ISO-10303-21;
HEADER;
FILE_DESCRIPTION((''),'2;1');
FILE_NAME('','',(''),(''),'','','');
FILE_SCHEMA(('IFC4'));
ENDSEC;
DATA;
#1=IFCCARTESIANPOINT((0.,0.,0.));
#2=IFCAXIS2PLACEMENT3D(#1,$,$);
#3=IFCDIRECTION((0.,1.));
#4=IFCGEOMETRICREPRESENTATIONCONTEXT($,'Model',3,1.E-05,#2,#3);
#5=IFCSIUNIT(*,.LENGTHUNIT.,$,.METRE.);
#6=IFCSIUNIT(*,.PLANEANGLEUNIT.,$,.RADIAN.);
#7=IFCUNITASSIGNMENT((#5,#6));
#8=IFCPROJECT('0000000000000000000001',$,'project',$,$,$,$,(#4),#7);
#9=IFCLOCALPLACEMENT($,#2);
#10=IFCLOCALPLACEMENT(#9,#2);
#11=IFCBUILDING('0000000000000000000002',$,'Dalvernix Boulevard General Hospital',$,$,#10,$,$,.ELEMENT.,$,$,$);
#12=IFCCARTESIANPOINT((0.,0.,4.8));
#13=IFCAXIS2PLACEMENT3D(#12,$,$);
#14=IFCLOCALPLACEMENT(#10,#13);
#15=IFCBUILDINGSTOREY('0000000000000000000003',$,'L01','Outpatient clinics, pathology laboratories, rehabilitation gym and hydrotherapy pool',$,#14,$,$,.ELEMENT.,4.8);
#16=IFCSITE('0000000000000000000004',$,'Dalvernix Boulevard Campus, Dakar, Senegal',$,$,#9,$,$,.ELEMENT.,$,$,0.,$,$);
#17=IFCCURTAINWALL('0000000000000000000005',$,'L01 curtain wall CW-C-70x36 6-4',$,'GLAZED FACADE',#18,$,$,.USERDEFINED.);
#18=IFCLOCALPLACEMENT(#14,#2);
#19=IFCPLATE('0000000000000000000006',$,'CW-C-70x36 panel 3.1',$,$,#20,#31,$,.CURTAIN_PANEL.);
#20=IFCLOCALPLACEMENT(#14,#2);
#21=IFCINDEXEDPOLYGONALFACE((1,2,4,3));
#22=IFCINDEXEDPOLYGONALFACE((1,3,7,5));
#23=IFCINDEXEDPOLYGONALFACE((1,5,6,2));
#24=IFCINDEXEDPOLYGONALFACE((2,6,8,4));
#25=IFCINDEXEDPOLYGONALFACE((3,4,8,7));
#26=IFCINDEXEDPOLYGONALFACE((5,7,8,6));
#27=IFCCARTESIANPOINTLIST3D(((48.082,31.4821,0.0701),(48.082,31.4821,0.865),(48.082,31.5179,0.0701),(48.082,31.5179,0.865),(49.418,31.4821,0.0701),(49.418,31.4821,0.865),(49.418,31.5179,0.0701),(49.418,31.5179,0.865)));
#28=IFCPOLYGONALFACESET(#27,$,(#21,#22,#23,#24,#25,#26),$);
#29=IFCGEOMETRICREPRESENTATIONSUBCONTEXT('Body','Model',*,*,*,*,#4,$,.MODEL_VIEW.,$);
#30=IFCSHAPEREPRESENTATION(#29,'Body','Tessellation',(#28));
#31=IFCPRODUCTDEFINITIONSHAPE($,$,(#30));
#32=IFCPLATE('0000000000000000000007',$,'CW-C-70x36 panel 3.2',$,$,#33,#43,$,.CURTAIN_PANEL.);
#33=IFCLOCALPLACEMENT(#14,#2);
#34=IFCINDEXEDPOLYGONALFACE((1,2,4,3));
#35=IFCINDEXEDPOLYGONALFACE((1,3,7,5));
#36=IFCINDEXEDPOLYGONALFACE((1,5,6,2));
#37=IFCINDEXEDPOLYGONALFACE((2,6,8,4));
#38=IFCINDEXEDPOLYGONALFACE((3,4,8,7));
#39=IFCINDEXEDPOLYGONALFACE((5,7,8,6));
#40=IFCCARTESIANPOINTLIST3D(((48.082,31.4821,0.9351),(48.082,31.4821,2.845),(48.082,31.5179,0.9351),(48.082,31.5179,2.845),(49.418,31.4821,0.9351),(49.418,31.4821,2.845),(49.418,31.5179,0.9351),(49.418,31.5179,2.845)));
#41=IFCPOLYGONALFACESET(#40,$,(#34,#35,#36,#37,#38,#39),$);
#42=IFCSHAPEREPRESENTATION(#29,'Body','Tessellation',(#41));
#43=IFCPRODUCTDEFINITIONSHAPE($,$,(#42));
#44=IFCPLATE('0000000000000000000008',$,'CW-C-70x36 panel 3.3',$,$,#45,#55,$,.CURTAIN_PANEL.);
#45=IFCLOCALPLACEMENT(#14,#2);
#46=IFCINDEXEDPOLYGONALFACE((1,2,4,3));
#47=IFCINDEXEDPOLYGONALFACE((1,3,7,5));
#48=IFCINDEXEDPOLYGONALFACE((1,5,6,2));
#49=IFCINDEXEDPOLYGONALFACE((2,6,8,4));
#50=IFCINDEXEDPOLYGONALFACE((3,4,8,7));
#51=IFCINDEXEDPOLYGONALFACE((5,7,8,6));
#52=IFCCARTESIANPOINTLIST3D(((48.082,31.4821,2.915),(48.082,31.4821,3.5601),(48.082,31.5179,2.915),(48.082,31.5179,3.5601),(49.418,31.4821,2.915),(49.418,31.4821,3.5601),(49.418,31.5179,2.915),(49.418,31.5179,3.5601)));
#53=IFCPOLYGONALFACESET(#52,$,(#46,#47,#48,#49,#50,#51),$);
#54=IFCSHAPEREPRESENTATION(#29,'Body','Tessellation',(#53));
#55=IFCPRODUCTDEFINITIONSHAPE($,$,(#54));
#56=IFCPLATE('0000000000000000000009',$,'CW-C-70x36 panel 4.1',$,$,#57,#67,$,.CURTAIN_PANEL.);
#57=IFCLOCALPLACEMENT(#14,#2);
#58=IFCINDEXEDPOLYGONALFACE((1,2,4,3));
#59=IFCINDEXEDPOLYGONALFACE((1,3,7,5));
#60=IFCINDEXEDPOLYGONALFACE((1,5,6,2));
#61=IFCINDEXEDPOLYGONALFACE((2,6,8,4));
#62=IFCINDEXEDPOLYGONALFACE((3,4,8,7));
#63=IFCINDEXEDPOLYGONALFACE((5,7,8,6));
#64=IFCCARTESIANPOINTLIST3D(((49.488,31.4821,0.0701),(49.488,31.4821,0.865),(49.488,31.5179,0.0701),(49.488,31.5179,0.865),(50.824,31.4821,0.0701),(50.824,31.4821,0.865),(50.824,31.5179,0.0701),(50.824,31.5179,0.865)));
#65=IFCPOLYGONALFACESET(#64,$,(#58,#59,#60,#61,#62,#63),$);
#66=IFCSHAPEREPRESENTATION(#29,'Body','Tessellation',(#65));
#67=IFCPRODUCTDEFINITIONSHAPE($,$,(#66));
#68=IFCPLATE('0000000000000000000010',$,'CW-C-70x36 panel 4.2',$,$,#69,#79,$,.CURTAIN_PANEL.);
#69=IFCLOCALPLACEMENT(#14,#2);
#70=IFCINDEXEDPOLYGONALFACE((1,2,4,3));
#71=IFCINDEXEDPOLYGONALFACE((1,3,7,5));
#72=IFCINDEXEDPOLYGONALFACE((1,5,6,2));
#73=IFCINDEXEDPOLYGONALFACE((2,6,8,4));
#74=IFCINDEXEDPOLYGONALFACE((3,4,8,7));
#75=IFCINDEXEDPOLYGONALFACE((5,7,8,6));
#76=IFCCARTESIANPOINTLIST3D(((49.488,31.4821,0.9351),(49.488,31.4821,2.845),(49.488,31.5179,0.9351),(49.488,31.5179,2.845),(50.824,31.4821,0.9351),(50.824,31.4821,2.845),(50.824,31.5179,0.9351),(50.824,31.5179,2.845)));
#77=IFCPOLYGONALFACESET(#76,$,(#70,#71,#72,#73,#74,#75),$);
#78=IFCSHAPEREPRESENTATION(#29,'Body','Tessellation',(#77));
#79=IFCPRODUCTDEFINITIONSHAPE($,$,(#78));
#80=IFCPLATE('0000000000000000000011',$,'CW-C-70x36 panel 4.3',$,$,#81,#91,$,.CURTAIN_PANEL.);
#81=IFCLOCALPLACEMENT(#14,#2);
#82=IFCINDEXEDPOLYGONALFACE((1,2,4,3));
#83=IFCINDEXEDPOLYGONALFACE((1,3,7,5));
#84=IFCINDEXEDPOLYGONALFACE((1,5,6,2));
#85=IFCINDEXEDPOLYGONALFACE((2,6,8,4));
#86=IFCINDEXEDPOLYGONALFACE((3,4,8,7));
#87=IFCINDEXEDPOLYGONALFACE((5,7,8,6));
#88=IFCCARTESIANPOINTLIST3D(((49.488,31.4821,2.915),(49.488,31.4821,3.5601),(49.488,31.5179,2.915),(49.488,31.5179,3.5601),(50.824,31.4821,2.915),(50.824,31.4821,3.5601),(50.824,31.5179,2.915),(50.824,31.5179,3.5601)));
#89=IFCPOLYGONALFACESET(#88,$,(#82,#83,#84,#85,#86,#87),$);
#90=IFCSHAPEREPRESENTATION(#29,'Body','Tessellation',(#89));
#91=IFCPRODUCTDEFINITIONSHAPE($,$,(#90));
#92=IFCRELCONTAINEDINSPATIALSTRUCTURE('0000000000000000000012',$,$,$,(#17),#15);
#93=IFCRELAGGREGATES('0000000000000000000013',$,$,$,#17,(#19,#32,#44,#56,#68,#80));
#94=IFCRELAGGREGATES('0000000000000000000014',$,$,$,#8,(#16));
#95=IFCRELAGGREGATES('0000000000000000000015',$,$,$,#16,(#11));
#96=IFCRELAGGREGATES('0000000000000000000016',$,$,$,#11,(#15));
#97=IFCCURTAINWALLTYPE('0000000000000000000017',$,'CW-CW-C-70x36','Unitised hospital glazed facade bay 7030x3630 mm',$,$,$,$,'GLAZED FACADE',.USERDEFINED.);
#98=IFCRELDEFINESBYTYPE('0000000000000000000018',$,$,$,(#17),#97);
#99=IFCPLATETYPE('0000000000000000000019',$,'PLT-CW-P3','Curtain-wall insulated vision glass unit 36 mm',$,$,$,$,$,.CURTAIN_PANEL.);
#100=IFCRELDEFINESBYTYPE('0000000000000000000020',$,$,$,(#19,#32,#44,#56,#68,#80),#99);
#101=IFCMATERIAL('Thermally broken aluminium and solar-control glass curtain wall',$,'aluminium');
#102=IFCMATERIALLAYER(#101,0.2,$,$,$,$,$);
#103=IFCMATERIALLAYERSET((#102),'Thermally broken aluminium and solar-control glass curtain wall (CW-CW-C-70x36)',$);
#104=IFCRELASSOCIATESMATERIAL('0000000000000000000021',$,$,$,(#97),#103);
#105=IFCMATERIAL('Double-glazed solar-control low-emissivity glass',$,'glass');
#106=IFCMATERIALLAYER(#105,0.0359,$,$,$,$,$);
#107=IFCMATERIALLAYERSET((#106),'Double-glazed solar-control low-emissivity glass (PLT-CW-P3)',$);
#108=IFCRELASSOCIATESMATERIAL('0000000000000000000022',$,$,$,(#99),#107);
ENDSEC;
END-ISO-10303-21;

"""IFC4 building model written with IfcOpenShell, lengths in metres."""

from ifc_helpers import new_model, si_unit, direction, frame, origin, origin_2d, place, context, subcontext, project, spatial, rectangle, extrude, material, layer, layer_set, type_object, element, aggregate, save


model = new_model("IFC4")

# Units and contexts
model_context = context("Model", 3, precision=1e-05, world=origin(), true_north=direction((0.0, 1.0)))
body_context = subcontext(model_context, "Body", "Model", "MODEL_VIEW")
ifc_project = project(units=[si_unit("LENGTHUNIT", "METRE"), si_unit("PLANEANGLEUNIT", "RADIAN")], contexts=[model_context])

# Site, building, storey
site_placement = place(None, origin())
site = spatial("IfcSite", under=ifc_project, at=site_placement, Name="Dalvernix Boulevard Campus, Dakar, Senegal", CompositionType="ELEMENT", RefElevation=0.0)
building_placement = place(site_placement, origin())
building = spatial("IfcBuilding", under=site, at=building_placement, Name="Dalvernix Boulevard General Hospital", CompositionType="ELEMENT")
storey_placement = place(building_placement, frame((0.0, 0.0, 4.8)))
storey = spatial("IfcBuildingStorey", under=building, at=storey_placement, Name="L01", Description="Outpatient clinics, pathology laboratories, rehabilitation gym and hydrotherapy pool", CompositionType="ELEMENT", Elevation=4.8)

# Curtain wall, plates
ifc_material_1 = material(Name="Thermally broken aluminium and solar-control glass curtain wall", Category="aluminium")
ifc_layer_1 = layer(ifc_material_1, 0.2)
ifc_layer_set_1 = layer_set([ifc_layer_1], Name="Thermally broken aluminium and solar-control glass curtain wall (CW-CW-C-70x36)")
curtain_wall_type = type_object("IfcCurtainWallType", Name="CW-CW-C-70x36", Description="Unitised hospital glazed facade bay 7030x3630 mm", ElementType="GLAZED FACADE", PredefinedType="USERDEFINED", material=ifc_layer_set_1)
curtain_wall_placement = place(storey_placement, origin())
curtain_wall = element("IfcCurtainWall", 1, at=curtain_wall_placement, inside=storey, type_object=curtain_wall_type, Name="L01 curtain wall CW-C-70x36 6-4", ObjectType="GLAZED FACADE", PredefinedType="USERDEFINED")
ifc_material_2 = material(Name="Double-glazed solar-control low-emissivity glass", Category="glass")
ifc_layer_2 = layer(ifc_material_2, 0.0359)
ifc_layer_set_2 = layer_set([ifc_layer_2], Name="Double-glazed solar-control low-emissivity glass (PLT-CW-P3)")
plate_type = type_object("IfcPlateType", Name="PLT-CW-P3", Description="Curtain-wall insulated vision glass unit 36 mm", PredefinedType="CURTAIN_PANEL", material=ifc_layer_set_2)
plate_1_placement = place(storey_placement, frame((48.75, 31.5, 0.0701), z_axis=(0.0, 0.0, 1.0), x_axis=(1.0, 0.0, 0.0)))
plate_1 = element("IfcPlate", 2, at=plate_1_placement, type_object=plate_type, Name="CW-C-70x36 panel 3.1", PredefinedType="CURTAIN_PANEL", context=body_context, shape_type="SweptSolid", body=[
    extrude(rectangle(XDim=1.3359, YDim=0.0359, at=origin_2d()), origin(), (0.0, 0.0, 1.0), 0.7949),
])
plate_2_placement = place(storey_placement, frame((48.75, 31.5, 0.9351), z_axis=(0.0, 0.0, 1.0), x_axis=(1.0, 0.0, 0.0)))
plate_2 = element("IfcPlate", 3, at=plate_2_placement, type_object=plate_type, Name="CW-C-70x36 panel 3.2", PredefinedType="CURTAIN_PANEL", context=body_context, shape_type="SweptSolid", body=[
    extrude(rectangle(XDim=1.3359, YDim=0.0359, at=origin_2d()), origin(), (0.0, 0.0, 1.0), 1.9099),
])
plate_3_placement = place(storey_placement, frame((48.75, 31.5, 2.915), z_axis=(0.0, 0.0, 1.0), x_axis=(1.0, 0.0, 0.0)))
plate_3 = element("IfcPlate", 4, at=plate_3_placement, type_object=plate_type, Name="CW-C-70x36 panel 3.3", PredefinedType="CURTAIN_PANEL", context=body_context, shape_type="SweptSolid", body=[
    extrude(rectangle(XDim=1.3359, YDim=0.0359, at=origin_2d()), origin(), (0.0, 0.0, 1.0), 0.645),
])
plate_4_placement = place(storey_placement, frame((50.156, 31.5, 0.0701), z_axis=(0.0, 0.0, 1.0), x_axis=(1.0, 0.0, 0.0)))
plate_4 = element("IfcPlate", 5, at=plate_4_placement, type_object=plate_type, Name="CW-C-70x36 panel 4.1", PredefinedType="CURTAIN_PANEL", context=body_context, shape_type="SweptSolid", body=[
    extrude(rectangle(XDim=1.3359, YDim=0.0359, at=origin_2d()), origin(), (0.0, 0.0, 1.0), 0.7949),
])
plate_5_placement = place(storey_placement, frame((50.156, 31.5, 0.9351), z_axis=(0.0, 0.0, 1.0), x_axis=(1.0, 0.0, 0.0)))
plate_5 = element("IfcPlate", 6, at=plate_5_placement, type_object=plate_type, Name="CW-C-70x36 panel 4.2", PredefinedType="CURTAIN_PANEL", context=body_context, shape_type="SweptSolid", body=[
    extrude(rectangle(XDim=1.3359, YDim=0.0359, at=origin_2d()), origin(), (0.0, 0.0, 1.0), 1.9099),
])
plate_6_placement = place(storey_placement, frame((50.156, 31.5, 2.915), z_axis=(0.0, 0.0, 1.0), x_axis=(1.0, 0.0, 0.0)))
plate_6 = element("IfcPlate", 7, at=plate_6_placement, type_object=plate_type, Name="CW-C-70x36 panel 4.3", PredefinedType="CURTAIN_PANEL", context=body_context, shape_type="SweptSolid", body=[
    extrude(rectangle(XDim=1.3359, YDim=0.0359, at=origin_2d()), origin(), (0.0, 0.0, 1.0), 0.645),
])
aggregate(curtain_wall, [plate_1, plate_2, plate_3, plate_4, plate_5, plate_6])

save(model, "model.ifc")
